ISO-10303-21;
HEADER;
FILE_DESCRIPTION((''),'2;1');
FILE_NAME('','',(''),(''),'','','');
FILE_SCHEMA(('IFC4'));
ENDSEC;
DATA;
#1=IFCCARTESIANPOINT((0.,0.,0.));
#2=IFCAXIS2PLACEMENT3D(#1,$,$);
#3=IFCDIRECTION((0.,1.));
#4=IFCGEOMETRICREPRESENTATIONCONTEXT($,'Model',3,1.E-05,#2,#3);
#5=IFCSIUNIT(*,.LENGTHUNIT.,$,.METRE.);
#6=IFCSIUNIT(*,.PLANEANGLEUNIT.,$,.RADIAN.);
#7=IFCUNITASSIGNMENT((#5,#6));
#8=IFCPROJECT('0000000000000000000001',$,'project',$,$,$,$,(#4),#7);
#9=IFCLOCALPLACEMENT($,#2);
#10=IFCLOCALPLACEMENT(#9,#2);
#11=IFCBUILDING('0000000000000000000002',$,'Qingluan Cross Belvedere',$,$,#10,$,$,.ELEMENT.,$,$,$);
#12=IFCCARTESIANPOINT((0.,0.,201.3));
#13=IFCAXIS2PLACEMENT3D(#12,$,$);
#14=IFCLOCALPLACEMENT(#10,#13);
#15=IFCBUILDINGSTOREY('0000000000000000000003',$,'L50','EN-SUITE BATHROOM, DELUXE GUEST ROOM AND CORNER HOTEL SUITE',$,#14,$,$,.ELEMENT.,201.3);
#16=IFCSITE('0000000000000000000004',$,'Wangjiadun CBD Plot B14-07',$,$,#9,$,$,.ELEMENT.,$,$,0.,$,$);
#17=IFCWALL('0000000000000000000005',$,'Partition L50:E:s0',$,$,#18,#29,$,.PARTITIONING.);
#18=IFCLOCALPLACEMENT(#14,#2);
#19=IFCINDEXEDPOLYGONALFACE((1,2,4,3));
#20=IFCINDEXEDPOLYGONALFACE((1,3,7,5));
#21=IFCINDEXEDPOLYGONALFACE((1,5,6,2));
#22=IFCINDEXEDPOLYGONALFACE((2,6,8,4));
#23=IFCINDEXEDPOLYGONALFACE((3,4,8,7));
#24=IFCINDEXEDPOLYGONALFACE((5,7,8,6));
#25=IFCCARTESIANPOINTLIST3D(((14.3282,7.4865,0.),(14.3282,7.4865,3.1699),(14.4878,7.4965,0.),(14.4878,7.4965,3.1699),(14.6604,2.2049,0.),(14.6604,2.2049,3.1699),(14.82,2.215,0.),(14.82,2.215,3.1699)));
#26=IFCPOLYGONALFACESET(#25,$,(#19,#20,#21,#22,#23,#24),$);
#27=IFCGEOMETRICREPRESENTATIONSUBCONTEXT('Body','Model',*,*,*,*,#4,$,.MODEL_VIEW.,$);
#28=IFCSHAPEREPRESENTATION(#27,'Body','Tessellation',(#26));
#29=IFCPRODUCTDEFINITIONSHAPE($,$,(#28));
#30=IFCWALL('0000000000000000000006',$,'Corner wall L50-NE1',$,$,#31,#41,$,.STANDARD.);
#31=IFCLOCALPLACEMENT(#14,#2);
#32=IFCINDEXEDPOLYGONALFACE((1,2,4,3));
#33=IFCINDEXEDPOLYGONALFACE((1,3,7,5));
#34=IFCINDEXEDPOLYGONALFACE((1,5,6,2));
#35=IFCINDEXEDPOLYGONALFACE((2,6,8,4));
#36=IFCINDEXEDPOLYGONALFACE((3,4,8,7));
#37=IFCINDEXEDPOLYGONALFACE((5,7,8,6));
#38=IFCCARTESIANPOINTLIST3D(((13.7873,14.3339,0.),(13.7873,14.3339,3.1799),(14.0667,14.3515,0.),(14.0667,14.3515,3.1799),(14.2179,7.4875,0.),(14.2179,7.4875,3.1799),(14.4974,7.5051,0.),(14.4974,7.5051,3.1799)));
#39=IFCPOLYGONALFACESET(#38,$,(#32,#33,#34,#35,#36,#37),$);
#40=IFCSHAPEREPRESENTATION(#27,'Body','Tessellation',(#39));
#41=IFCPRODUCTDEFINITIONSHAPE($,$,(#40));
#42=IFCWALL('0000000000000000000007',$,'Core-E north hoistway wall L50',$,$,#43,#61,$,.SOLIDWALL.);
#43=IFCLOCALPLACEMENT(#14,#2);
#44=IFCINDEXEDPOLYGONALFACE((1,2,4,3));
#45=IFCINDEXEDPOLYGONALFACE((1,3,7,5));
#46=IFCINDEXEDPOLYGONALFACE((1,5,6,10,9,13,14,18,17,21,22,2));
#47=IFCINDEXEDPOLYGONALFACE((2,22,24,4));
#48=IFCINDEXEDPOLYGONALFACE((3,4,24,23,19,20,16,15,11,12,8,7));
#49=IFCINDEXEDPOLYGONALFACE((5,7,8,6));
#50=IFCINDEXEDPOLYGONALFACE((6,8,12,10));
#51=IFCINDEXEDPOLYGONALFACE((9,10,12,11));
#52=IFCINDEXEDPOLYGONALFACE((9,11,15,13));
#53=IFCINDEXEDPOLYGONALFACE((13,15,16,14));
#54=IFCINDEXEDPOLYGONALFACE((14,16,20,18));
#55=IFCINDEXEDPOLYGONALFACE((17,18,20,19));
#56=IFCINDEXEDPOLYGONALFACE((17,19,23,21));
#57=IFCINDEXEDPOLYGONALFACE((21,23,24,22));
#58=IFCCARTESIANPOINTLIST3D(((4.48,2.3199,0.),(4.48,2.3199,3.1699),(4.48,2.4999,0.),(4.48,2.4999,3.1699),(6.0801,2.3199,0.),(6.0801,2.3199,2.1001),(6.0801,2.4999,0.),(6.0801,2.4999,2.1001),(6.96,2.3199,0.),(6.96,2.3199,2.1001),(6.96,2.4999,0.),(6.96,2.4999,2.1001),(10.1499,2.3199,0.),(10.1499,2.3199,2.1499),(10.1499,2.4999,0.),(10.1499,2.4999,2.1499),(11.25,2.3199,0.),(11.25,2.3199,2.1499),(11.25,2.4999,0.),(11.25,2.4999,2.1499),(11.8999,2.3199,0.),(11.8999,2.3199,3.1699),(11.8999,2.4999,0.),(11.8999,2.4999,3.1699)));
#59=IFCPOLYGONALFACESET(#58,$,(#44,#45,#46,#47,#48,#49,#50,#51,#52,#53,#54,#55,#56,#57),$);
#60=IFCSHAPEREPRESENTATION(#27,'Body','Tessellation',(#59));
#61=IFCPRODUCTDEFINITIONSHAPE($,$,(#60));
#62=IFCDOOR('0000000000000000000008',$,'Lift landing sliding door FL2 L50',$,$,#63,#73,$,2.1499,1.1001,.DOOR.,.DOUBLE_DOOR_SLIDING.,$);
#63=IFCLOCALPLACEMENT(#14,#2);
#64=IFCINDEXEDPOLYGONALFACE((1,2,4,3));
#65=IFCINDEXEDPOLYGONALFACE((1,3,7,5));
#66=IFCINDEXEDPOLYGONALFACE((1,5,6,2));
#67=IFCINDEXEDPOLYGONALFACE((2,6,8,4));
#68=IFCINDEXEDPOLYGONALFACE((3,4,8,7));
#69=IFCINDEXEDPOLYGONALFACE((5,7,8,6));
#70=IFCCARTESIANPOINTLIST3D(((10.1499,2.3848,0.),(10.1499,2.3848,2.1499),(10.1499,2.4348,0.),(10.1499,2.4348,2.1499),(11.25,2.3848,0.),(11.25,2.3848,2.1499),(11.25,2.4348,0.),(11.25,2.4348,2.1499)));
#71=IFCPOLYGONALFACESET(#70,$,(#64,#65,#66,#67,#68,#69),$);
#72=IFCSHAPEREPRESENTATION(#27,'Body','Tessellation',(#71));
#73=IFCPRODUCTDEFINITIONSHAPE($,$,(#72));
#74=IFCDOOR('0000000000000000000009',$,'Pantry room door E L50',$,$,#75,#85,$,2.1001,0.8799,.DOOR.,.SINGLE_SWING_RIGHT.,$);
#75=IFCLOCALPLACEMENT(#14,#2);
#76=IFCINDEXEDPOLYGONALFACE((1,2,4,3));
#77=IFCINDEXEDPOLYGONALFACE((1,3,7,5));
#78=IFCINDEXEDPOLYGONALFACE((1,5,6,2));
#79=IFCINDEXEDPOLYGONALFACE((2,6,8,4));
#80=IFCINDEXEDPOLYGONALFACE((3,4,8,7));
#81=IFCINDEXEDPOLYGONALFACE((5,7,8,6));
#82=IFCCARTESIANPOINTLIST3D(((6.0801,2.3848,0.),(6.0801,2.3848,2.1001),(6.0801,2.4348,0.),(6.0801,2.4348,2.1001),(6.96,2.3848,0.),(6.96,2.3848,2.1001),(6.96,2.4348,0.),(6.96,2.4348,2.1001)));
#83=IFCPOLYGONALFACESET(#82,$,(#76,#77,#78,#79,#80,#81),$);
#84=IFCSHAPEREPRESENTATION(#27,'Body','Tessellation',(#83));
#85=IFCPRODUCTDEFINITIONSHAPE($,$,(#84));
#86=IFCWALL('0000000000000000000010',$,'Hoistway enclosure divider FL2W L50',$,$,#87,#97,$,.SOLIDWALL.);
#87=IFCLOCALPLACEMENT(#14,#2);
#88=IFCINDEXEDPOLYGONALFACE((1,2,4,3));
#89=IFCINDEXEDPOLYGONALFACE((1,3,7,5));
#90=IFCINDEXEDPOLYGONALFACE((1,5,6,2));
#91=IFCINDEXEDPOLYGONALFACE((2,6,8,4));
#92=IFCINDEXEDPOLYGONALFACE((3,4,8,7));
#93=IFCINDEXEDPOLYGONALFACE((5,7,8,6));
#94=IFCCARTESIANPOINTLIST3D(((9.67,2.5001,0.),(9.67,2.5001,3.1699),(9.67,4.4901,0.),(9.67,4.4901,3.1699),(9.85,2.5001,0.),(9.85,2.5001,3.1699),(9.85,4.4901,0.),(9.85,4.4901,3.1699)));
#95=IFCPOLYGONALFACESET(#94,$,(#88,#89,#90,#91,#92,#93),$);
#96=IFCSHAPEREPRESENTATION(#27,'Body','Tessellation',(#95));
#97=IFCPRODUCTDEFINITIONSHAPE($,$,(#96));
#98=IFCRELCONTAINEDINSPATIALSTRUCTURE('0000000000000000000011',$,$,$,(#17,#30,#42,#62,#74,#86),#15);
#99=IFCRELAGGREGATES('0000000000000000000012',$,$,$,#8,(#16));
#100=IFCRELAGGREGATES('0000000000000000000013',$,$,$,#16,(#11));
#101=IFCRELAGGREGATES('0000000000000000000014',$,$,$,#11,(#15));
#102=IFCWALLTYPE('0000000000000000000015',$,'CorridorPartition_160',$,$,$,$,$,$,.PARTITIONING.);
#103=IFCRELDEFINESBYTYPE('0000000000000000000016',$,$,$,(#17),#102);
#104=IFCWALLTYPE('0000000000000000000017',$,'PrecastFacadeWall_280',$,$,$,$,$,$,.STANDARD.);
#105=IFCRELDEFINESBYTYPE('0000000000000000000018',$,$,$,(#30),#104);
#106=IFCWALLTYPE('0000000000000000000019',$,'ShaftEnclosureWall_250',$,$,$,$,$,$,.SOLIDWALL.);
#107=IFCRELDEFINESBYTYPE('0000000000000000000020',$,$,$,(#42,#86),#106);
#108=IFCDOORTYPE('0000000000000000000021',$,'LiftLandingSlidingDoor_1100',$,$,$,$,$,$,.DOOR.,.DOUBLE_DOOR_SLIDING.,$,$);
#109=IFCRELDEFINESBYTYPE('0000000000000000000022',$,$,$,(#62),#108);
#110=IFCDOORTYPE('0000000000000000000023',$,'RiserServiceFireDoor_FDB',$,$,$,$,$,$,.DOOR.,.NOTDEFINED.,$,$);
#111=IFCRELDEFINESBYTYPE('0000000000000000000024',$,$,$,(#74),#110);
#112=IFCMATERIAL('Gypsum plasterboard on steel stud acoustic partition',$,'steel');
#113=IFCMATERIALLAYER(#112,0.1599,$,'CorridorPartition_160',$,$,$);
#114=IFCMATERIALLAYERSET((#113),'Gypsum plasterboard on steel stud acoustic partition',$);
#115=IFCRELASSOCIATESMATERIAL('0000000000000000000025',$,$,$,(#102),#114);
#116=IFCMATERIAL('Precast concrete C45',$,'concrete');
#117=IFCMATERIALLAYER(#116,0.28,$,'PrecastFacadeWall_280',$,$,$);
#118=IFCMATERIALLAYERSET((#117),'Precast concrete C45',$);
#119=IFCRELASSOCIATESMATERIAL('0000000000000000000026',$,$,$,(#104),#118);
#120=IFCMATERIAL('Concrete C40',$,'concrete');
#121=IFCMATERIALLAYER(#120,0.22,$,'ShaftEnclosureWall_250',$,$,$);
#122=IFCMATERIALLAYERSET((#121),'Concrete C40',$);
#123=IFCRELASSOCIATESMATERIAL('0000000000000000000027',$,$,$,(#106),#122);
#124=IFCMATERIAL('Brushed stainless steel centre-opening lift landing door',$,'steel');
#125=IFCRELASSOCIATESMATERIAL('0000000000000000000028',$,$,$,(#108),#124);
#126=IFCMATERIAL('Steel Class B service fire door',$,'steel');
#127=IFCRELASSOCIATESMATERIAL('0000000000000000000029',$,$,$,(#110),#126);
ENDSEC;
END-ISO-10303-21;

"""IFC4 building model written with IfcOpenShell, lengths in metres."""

from ifc_helpers import new_model, si_unit, direction, frame, frame_2d, origin, place, context, subcontext, project, spatial, rectangle, extrude, material, layer, layer_set, type_object, element, fill, save


model = new_model("IFC4")

# Units and contexts
model_context = context("Model", 3, precision=1e-05, world=origin(), true_north=direction((0.0, 1.0)))
body_context = subcontext(model_context, "Body", "Model", "MODEL_VIEW")
ifc_project = project(units=[si_unit("LENGTHUNIT", "METRE"), si_unit("PLANEANGLEUNIT", "RADIAN")], contexts=[model_context])

# Site, building, storey
site_placement = place(None, origin())
site = spatial("IfcSite", under=ifc_project, at=site_placement, Name="Wangjiadun CBD Plot B14-07", CompositionType="ELEMENT", RefElevation=0.0)
building_placement = place(site_placement, origin())
building = spatial("IfcBuilding", under=site, at=building_placement, Name="Qingluan Cross Belvedere", CompositionType="ELEMENT")
storey_placement = place(building_placement, frame((0.0, 0.0, 201.3)))
storey = spatial("IfcBuildingStorey", under=building, at=storey_placement, Name="L50", Description="EN-SUITE BATHROOM, DELUXE GUEST ROOM AND CORNER HOTEL SUITE", CompositionType="ELEMENT", Elevation=201.3)

# Shared definitions
ifc_material_1 = material(Name="Gypsum plasterboard on steel stud acoustic partition", Category="steel")
ifc_layer_1 = layer(ifc_material_1, 0.1599, Name="CorridorPartition_160")
ifc_layer_set_1 = layer_set([ifc_layer_1], Name="Gypsum plasterboard on steel stud acoustic partition")
wall_type_1 = type_object("IfcWallType", Name="CorridorPartition_160", PredefinedType="PARTITIONING", material=ifc_layer_set_1)

# Walls
wall_1_placement = place(storey_placement, frame((14.7402, 2.21, 0.0), z_axis=(0.0, 0.0, 1.0), x_axis=(-0.062789, 0.998027, 0.0)))
element("IfcWall", 1, at=wall_1_placement, inside=storey, type_object=wall_type_1, Name="Partition L50:E:s0", PredefinedType="PARTITIONING", context=body_context, shape_type="SweptSolid", body=[
    extrude(rectangle(XDim=5.292, YDim=0.1599, at=frame_2d((2.646, 0.0))), origin(), (0.0, 0.0, 1.0), 3.1699),
])
ifc_material_2 = material(Name="Precast concrete C45", Category="concrete")
ifc_layer_2 = layer(ifc_material_2, 0.28, Name="PrecastFacadeWall_280")
ifc_layer_set_2 = layer_set([ifc_layer_2], Name="Precast concrete C45")
wall_type_2 = type_object("IfcWallType", Name="PrecastFacadeWall_280", PredefinedType="STANDARD", material=ifc_layer_set_2)
wall_2_placement = place(storey_placement, frame((14.3577, 7.4963, 0.0), z_axis=(0.0, 0.0, 1.0), x_axis=(-0.062779, 0.998027, 0.0)))
element("IfcWall", 2, at=wall_2_placement, inside=storey, type_object=wall_type_2, Name="Corner wall L50-NE1", PredefinedType="STANDARD", context=body_context, shape_type="SweptSolid", body=[
    extrude(rectangle(XDim=6.8599, YDim=0.28, at=frame_2d((3.4299, 0.0))), origin(), (0.0, 0.0, 1.0), 3.1799),
])

# Wall, openings, doors
ifc_material_3 = material(Name="Concrete C40", Category="concrete")
ifc_layer_3 = layer(ifc_material_3, 0.22, Name="ShaftEnclosureWall_250")
ifc_layer_set_3 = layer_set([ifc_layer_3], Name="Concrete C40")
wall_type_3 = type_object("IfcWallType", Name="ShaftEnclosureWall_250", PredefinedType="SOLIDWALL", material=ifc_layer_set_3)
wall_3_placement = place(storey_placement, frame((4.48, 2.4099, 0.0), z_axis=(0.0, 0.0, 1.0), x_axis=(1.0, 0.0, 0.0)))
wall_3 = element("IfcWall", 3, at=wall_3_placement, inside=storey, type_object=wall_type_3, Name="Core-E north hoistway wall L50", PredefinedType="SOLIDWALL", context=body_context, shape_type="SweptSolid", body=[
    extrude(rectangle(XDim=7.4199, YDim=0.1799, at=frame_2d((3.71, 0.0))), origin(), (0.0, 0.0, 1.0), 3.1699),
])
opening_1_placement = place(wall_3_placement, frame((5.6699, 0.0, 0.0)))
opening_1 = element("IfcOpeningElement", 4, at=opening_1_placement, cuts=wall_3, PredefinedType="OPENING", context=body_context, shape_type="SweptSolid", body=[
    extrude(rectangle(XDim=1.1001, YDim=2.1499, at=frame_2d((0.55, 1.075))), frame((0.0, 0.0999, 0.0), z_axis=(0.0, -1.0, 0.0), x_axis=(1.0, 0.0, 0.0)), (0.0, 0.0, 1.0), 0.2),
])
opening_2_placement = place(wall_3_placement, frame((1.6001, 0.0, 0.0)))
opening_2 = element("IfcOpeningElement", 5, at=opening_2_placement, cuts=wall_3, PredefinedType="OPENING", context=body_context, shape_type="SweptSolid", body=[
    extrude(rectangle(XDim=0.8799, YDim=2.1001, at=frame_2d((0.4399, 1.05))), frame((0.0, 0.0999, 0.0), z_axis=(0.0, -1.0, 0.0), x_axis=(1.0, 0.0, 0.0)), (0.0, 0.0, 1.0), 0.2),
])
ifc_material_4 = material(Name="Brushed stainless steel centre-opening lift landing door", Category="steel")
door_type_1 = type_object("IfcDoorType", Name="LiftLandingSlidingDoor_1100", OperationType="DOUBLE_DOOR_SLIDING", PredefinedType="DOOR", material=ifc_material_4)
door_1_placement = place(opening_1_placement, origin())
door_1 = element("IfcDoor", 6, at=door_1_placement, inside=storey, type_object=door_type_1, Name="Lift landing sliding door FL2 L50", OperationType="DOUBLE_DOOR_SLIDING", OverallHeight=2.1499, OverallWidth=1.1001, PredefinedType="DOOR", context=body_context, shape_type="SweptSolid", body=[
    extrude(rectangle(XDim=1.1001, YDim=2.1499, at=frame_2d((0.55, 1.075))), frame((0.0, 0.0249, 0.0), z_axis=(0.0, -1.0, 0.0), x_axis=(1.0, 0.0, 0.0)), (0.0, 0.0, 1.0), 0.05),
])
fill(opening_1, door_1)
ifc_material_5 = material(Name="Steel Class B service fire door", Category="steel")
door_type_2 = type_object("IfcDoorType", Name="RiserServiceFireDoor_FDB", OperationType="NOTDEFINED", PredefinedType="DOOR", material=ifc_material_5)
door_2_placement = place(opening_2_placement, origin())
door_2 = element("IfcDoor", 7, at=door_2_placement, inside=storey, type_object=door_type_2, Name="Pantry room door E L50", OperationType="SINGLE_SWING_RIGHT", OverallHeight=2.1001, OverallWidth=0.8799, PredefinedType="DOOR", context=body_context, shape_type="SweptSolid", body=[
    extrude(rectangle(XDim=0.8799, YDim=2.1001, at=frame_2d((0.4399, 1.05))), frame((0.0, 0.0249, 0.0), z_axis=(0.0, -1.0, 0.0), x_axis=(1.0, 0.0, 0.0)), (0.0, 0.0, 1.0), 0.05),
])
fill(opening_2, door_2)

# Wall
wall_4_placement = place(storey_placement, frame((9.76, 2.5, 0.0), z_axis=(0.0, 0.0, 1.0), x_axis=(0.0, 1.0, 0.0)))
element("IfcWall", 8, at=wall_4_placement, inside=storey, type_object=wall_type_3, Name="Hoistway enclosure divider FL2W L50", PredefinedType="SOLIDWALL", context=body_context, shape_type="SweptSolid", body=[
    extrude(rectangle(XDim=1.99, YDim=0.1799, at=frame_2d((0.9951, 0.0))), origin(), (0.0, 0.0, 1.0), 3.1699),
])

save(model, "model.ifc")
